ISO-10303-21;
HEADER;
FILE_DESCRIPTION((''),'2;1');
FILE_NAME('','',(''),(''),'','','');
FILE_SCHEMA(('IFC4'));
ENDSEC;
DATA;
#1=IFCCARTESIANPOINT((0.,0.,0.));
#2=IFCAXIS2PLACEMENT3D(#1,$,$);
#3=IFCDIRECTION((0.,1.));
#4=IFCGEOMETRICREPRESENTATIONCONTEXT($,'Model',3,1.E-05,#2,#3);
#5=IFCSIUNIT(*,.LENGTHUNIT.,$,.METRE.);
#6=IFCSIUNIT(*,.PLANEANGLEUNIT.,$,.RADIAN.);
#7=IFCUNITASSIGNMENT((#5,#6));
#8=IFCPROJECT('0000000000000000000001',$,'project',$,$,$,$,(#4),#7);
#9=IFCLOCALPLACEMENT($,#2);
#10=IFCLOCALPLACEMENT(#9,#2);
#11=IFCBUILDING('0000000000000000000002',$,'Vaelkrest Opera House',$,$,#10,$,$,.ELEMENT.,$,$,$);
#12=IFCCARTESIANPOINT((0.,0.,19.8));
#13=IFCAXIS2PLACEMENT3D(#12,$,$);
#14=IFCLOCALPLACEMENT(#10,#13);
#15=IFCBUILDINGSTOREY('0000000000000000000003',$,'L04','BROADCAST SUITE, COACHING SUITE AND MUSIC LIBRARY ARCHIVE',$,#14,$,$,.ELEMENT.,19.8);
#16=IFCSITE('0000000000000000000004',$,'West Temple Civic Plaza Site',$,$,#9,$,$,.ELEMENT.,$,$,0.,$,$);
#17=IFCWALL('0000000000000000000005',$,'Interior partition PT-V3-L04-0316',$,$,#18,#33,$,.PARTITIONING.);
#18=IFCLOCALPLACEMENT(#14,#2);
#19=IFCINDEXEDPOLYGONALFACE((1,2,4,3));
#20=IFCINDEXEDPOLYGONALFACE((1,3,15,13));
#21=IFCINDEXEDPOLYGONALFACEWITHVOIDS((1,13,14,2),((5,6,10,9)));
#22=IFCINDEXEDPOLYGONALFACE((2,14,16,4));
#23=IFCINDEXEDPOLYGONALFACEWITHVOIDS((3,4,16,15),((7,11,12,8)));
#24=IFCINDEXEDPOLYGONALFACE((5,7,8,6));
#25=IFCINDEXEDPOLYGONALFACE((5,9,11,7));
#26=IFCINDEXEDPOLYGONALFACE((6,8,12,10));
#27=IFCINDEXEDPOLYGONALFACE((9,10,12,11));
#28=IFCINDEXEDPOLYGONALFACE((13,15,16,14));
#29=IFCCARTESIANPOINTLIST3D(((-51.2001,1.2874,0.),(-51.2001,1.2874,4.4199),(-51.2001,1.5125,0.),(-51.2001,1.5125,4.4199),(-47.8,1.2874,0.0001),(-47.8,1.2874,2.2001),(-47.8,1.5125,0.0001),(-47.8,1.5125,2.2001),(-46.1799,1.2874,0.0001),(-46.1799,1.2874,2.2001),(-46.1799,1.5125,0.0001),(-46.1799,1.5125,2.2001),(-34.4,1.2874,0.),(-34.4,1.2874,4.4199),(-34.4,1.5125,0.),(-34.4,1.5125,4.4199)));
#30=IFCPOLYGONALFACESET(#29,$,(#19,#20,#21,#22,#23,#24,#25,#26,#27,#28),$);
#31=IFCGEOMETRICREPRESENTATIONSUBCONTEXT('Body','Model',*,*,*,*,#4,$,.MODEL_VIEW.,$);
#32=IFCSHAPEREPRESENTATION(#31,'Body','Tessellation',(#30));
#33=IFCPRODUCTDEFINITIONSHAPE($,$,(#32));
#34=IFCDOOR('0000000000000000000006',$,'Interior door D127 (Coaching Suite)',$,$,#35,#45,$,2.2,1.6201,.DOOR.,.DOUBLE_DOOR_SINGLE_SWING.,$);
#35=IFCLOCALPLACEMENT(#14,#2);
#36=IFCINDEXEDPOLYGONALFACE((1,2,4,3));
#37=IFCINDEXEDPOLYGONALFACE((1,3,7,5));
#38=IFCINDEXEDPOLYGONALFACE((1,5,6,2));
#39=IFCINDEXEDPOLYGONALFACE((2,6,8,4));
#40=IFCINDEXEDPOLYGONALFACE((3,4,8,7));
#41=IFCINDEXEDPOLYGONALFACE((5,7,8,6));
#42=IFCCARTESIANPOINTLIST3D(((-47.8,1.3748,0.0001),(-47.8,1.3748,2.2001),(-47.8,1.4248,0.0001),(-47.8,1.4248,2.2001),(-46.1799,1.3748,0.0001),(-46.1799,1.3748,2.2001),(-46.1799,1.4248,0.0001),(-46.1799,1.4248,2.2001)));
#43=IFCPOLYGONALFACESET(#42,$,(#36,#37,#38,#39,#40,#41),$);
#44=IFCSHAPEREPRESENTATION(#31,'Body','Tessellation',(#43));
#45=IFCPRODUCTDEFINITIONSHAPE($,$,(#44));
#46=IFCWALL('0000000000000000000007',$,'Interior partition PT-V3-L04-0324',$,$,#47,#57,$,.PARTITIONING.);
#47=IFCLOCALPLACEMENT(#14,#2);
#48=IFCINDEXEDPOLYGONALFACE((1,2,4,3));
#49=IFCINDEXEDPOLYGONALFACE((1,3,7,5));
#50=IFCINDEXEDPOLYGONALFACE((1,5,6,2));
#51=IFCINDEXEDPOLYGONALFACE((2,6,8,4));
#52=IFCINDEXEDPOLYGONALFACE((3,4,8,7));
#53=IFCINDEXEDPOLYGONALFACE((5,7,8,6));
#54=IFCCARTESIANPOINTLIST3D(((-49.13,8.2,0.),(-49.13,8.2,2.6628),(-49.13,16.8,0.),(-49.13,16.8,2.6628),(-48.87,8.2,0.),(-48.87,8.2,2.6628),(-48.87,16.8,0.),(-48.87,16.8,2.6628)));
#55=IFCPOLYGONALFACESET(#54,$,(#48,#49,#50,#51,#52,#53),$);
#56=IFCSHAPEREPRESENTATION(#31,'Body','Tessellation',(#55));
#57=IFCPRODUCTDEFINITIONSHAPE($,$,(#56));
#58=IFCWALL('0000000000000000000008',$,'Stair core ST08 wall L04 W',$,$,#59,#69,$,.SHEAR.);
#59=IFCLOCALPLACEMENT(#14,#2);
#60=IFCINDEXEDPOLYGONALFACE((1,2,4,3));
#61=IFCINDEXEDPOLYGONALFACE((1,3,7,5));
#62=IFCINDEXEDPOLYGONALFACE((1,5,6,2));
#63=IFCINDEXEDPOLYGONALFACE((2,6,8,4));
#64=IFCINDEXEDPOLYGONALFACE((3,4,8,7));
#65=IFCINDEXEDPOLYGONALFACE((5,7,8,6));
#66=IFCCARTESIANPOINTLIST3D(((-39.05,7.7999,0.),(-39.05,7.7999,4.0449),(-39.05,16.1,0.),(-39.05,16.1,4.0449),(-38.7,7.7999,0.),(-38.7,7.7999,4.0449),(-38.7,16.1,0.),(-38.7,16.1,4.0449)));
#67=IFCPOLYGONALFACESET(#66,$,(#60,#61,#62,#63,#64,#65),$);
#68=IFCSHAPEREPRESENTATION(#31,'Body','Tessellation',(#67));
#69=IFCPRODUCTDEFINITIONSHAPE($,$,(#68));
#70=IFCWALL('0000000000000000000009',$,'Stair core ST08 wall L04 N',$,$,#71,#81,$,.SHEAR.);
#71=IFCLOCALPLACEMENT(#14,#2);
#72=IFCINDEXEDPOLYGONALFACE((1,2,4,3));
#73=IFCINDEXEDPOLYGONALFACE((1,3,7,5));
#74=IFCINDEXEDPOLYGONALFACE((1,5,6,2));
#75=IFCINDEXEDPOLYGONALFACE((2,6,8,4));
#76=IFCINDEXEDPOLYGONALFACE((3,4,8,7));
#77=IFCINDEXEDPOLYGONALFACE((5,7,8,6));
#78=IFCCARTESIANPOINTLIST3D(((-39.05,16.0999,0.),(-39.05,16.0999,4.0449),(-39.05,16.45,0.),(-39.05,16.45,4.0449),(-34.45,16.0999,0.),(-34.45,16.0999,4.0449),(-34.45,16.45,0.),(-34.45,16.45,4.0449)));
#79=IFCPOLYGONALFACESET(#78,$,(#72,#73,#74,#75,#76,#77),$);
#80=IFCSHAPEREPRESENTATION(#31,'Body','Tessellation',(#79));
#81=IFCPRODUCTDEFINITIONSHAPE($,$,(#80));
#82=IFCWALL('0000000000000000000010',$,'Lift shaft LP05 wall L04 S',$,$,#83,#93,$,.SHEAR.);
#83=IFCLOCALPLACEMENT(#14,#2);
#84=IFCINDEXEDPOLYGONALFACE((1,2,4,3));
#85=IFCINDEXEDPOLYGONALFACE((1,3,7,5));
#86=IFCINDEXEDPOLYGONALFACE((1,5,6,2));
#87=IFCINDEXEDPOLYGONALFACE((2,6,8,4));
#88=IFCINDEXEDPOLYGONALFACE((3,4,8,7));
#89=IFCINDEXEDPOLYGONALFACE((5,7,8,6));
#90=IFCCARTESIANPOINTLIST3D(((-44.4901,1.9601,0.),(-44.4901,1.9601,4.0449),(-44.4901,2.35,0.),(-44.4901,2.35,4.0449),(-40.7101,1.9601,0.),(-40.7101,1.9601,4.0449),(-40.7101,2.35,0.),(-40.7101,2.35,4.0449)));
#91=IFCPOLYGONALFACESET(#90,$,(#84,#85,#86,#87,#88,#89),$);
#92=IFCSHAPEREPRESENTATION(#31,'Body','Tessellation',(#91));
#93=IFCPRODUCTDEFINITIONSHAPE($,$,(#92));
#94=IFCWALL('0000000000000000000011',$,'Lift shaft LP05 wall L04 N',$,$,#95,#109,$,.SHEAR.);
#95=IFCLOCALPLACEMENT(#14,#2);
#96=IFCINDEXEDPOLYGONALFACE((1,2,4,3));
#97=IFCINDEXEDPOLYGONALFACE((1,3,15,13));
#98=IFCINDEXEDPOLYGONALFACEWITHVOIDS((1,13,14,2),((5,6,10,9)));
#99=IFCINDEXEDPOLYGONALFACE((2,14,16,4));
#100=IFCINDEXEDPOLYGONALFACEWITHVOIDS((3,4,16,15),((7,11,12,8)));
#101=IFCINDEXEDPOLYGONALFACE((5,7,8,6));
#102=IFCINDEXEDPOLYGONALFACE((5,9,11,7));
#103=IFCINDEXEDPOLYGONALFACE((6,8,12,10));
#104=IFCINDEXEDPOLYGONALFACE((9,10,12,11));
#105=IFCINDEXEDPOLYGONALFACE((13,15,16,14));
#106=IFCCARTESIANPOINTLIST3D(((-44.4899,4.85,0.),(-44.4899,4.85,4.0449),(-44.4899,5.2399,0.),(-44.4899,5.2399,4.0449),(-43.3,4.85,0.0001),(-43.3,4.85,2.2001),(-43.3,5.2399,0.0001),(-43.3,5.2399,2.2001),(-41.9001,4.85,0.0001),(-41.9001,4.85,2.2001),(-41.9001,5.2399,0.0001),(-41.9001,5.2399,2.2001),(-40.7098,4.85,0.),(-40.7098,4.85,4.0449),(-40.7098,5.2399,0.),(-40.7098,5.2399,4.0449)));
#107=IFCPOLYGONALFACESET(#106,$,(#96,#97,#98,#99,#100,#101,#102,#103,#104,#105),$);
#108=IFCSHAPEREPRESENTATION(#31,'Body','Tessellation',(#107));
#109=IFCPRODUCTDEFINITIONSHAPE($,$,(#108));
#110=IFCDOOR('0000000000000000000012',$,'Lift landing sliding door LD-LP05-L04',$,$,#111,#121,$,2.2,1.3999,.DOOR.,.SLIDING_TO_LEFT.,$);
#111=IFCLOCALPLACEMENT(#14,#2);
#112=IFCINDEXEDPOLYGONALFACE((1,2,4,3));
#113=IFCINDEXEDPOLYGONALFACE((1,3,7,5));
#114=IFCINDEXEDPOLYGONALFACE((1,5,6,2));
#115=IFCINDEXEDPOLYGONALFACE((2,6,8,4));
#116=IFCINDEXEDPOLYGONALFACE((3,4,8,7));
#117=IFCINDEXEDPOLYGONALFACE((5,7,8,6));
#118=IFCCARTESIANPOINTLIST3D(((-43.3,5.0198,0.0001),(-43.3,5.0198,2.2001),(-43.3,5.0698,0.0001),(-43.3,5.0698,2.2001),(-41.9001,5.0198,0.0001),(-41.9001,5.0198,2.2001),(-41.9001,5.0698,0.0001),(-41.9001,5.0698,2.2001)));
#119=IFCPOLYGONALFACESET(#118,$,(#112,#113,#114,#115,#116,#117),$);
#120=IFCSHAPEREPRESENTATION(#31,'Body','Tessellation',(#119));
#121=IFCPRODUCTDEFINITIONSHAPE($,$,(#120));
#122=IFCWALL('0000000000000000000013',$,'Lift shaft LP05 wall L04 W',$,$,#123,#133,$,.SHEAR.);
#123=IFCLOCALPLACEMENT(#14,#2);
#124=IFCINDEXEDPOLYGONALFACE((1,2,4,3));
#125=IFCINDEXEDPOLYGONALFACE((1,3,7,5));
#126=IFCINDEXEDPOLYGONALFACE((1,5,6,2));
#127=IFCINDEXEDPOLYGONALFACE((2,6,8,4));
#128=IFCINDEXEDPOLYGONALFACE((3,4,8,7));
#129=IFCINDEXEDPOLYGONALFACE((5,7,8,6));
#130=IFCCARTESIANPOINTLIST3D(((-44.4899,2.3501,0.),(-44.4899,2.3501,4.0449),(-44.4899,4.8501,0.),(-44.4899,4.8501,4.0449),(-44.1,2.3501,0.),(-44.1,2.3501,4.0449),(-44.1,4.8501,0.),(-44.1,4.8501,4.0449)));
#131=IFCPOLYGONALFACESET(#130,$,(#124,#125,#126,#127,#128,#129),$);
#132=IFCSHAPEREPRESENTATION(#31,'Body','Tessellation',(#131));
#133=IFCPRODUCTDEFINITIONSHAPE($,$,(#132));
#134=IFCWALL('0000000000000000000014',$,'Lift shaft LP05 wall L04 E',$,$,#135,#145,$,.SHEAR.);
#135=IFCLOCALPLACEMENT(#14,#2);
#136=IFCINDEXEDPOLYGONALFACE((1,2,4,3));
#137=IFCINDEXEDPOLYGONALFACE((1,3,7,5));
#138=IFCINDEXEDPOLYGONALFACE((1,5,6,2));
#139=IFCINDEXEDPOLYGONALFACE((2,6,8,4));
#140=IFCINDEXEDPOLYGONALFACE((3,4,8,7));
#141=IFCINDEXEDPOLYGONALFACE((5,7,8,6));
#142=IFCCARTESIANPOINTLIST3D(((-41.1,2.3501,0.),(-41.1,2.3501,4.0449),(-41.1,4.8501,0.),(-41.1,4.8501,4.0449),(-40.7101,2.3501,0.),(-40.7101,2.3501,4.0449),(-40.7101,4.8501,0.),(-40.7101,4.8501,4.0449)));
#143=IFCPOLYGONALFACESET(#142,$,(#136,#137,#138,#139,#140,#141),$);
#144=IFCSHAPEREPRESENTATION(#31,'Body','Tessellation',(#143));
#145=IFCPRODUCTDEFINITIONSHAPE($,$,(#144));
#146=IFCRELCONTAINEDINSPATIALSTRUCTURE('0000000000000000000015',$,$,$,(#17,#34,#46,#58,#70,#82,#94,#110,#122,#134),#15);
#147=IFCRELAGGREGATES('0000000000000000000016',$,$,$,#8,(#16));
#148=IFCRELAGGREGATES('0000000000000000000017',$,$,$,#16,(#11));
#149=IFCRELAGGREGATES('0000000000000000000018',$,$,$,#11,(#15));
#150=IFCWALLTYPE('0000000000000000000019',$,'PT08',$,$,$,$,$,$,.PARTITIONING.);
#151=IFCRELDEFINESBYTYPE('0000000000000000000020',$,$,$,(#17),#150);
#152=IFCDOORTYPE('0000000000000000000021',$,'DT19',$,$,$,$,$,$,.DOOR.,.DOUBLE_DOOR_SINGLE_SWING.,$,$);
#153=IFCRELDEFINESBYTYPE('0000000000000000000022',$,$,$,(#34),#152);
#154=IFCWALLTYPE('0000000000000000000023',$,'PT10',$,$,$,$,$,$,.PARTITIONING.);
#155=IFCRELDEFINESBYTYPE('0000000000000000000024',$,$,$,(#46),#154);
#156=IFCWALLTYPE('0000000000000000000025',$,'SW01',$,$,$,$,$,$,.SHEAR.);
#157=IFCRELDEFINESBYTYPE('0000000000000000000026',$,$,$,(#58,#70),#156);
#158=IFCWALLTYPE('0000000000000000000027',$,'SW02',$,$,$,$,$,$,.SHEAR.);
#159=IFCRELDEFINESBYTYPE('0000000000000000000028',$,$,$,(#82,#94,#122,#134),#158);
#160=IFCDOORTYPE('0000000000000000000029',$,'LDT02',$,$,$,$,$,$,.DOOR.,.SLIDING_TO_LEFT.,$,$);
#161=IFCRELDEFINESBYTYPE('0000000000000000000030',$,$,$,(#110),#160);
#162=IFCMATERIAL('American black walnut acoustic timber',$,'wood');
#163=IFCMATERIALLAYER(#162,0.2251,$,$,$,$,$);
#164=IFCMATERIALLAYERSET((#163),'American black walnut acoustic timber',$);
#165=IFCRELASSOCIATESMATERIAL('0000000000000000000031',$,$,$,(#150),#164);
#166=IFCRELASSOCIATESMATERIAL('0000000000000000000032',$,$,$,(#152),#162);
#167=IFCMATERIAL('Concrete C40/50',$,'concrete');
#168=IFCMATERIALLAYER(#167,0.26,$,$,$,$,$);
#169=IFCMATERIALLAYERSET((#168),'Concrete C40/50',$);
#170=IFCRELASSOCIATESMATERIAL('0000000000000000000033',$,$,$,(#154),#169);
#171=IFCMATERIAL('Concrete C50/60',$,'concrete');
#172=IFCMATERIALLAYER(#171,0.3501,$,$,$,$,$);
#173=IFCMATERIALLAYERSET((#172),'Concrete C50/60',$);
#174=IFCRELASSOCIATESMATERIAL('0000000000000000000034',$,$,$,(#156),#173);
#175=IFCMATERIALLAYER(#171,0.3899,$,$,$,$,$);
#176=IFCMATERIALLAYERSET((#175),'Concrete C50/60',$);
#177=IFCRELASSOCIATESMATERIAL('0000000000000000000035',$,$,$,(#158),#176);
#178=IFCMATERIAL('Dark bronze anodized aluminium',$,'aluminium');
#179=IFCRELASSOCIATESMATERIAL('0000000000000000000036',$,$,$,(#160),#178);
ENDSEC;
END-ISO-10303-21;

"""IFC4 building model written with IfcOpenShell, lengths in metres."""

from ifc_helpers import new_model, si_unit, direction, frame, frame_2d, origin, place, context, subcontext, project, spatial, rectangle, extrude, material, layer, layer_set, type_object, element, fill, save


model = new_model("IFC4")

# Units and contexts
model_context = context("Model", 3, precision=1e-05, world=origin(), true_north=direction((0.0, 1.0)))
body_context = subcontext(model_context, "Body", "Model", "MODEL_VIEW")
ifc_project = project(units=[si_unit("LENGTHUNIT", "METRE"), si_unit("PLANEANGLEUNIT", "RADIAN")], contexts=[model_context])

# Site, building, storey
site_placement = place(None, origin())
site = spatial("IfcSite", under=ifc_project, at=site_placement, Name="West Temple Civic Plaza Site", CompositionType="ELEMENT", RefElevation=0.0)
building_placement = place(site_placement, origin())
building = spatial("IfcBuilding", under=site, at=building_placement, Name="Vaelkrest Opera House", CompositionType="ELEMENT")
storey_placement = place(building_placement, frame((0.0, 0.0, 19.8)))
storey = spatial("IfcBuildingStorey", under=building, at=storey_placement, Name="L04", Description="BROADCAST SUITE, COACHING SUITE AND MUSIC LIBRARY ARCHIVE", CompositionType="ELEMENT", Elevation=19.8)

# Shared definitions
ifc_material_1 = material(Name="Concrete C50/60", Category="concrete")

# Shared definitions
ifc_material_2 = material(Name="Dark bronze anodized aluminium", Category="aluminium")

# Shared definitions
ifc_material_3 = material(Name="American black walnut acoustic timber", Category="wood")

# Wall, opening, door
ifc_layer_1 = layer(ifc_material_3, 0.2251)
ifc_layer_set_1 = layer_set([ifc_layer_1], Name="American black walnut acoustic timber")
wall_type_1 = type_object("IfcWallType", Name="PT08", PredefinedType="PARTITIONING", material=ifc_layer_set_1)
wall_1_placement = place(storey_placement, frame((-51.2, 1.3999, 0.0), z_axis=(0.0, 0.0, 1.0), x_axis=(1.0, 0.0, 0.0)))
wall_1 = element("IfcWall", 1, at=wall_1_placement, inside=storey, type_object=wall_type_1, Name="Interior partition PT-V3-L04-0316", PredefinedType="PARTITIONING", context=body_context, shape_type="SweptSolid", body=[
    extrude(rectangle(XDim=16.8, YDim=0.2251, at=frame_2d((8.3999, 0.0))), origin(), (0.0, 0.0, 1.0), 4.4199),
])
opening_1_placement = place(wall_1_placement, frame((3.3999, 0.0, 0.0)))
opening_1 = element("IfcOpeningElement", 2, at=opening_1_placement, cuts=wall_1, PredefinedType="OPENING", context=body_context, shape_type="SweptSolid", body=[
    extrude(rectangle(XDim=1.6201, YDim=2.2, at=frame_2d((0.8101, 1.1001))), frame((0.0, 0.1226, 0.0), z_axis=(0.0, -1.0, 0.0), x_axis=(1.0, 0.0, 0.0)), (0.0, 0.0, 1.0), 0.2451),
])
door_type_1 = type_object("IfcDoorType", Name="DT19", OperationType="DOUBLE_DOOR_SINGLE_SWING", PredefinedType="DOOR", material=ifc_material_3)
door_1_placement = place(opening_1_placement, origin())
door_1 = element("IfcDoor", 3, at=door_1_placement, inside=storey, type_object=door_type_1, Name="Interior door D127 (Coaching Suite)", OperationType="DOUBLE_DOOR_SINGLE_SWING", OverallHeight=2.2, OverallWidth=1.6201, PredefinedType="DOOR", context=body_context, shape_type="SweptSolid", body=[
    extrude(rectangle(XDim=1.6201, YDim=2.2, at=frame_2d((0.8101, 1.1001))), frame((0.0, 0.0249, 0.0), z_axis=(0.0, -1.0, 0.0), x_axis=(1.0, 0.0, 0.0)), (0.0, 0.0, 1.0), 0.05),
])
fill(opening_1, door_1)

# Walls
ifc_material_4 = material(Name="Concrete C40/50", Category="concrete")
ifc_layer_2 = layer(ifc_material_4, 0.26)
ifc_layer_set_2 = layer_set([ifc_layer_2], Name="Concrete C40/50")
wall_type_2 = type_object("IfcWallType", Name="PT10", PredefinedType="PARTITIONING", material=ifc_layer_set_2)
wall_2_placement = place(storey_placement, frame((-49.0, 8.2, 0.0), z_axis=(0.0, 0.0, 1.0), x_axis=(0.0, 1.0, 0.0)))
element("IfcWall", 4, at=wall_2_placement, inside=storey, type_object=wall_type_2, Name="Interior partition PT-V3-L04-0324", PredefinedType="PARTITIONING", context=body_context, shape_type="SweptSolid", body=[
    extrude(rectangle(XDim=8.6001, YDim=0.26, at=frame_2d((4.3, 0.0))), origin(), (0.0, 0.0, 1.0), 2.6628),
])
ifc_layer_3 = layer(ifc_material_1, 0.3501)
ifc_layer_set_3 = layer_set([ifc_layer_3], Name="Concrete C50/60")
wall_type_3 = type_object("IfcWallType", Name="SW01", PredefinedType="SHEAR", material=ifc_layer_set_3)
wall_3_placement = place(storey_placement, frame((-38.875, 7.8, 0.0), z_axis=(0.0, 0.0, 1.0), x_axis=(0.0, 1.0, 0.0)))
element("IfcWall", 5, at=wall_3_placement, inside=storey, type_object=wall_type_3, Name="Stair core ST08 wall L04 W", PredefinedType="SHEAR", context=body_context, shape_type="SweptSolid", body=[
    extrude(rectangle(XDim=8.3, YDim=0.3501, at=frame_2d((4.1499, 0.0))), origin(), (0.0, 0.0, 1.0), 4.0449),
])
wall_4_placement = place(storey_placement, frame((-39.05, 16.2749, 0.0), z_axis=(0.0, 0.0, 1.0), x_axis=(1.0, 0.0, 0.0)))
element("IfcWall", 6, at=wall_4_placement, inside=storey, type_object=wall_type_3, Name="Stair core ST08 wall L04 N", PredefinedType="SHEAR", context=body_context, shape_type="SweptSolid", body=[
    extrude(rectangle(XDim=4.6001, YDim=0.3501, at=frame_2d((2.3, 0.0))), origin(), (0.0, 0.0, 1.0), 4.0449),
])
ifc_layer_4 = layer(ifc_material_1, 0.3899)
ifc_layer_set_4 = layer_set([ifc_layer_4], Name="Concrete C50/60")
wall_type_4 = type_object("IfcWallType", Name="SW02", PredefinedType="SHEAR", material=ifc_layer_set_4)
wall_5_placement = place(storey_placement, frame((-40.71, 2.155, 0.0), z_axis=(0.0, 0.0, 1.0), x_axis=(-1.0, 0.0, 0.0)))
element("IfcWall", 7, at=wall_5_placement, inside=storey, type_object=wall_type_4, Name="Lift shaft LP05 wall L04 S", PredefinedType="SHEAR", context=body_context, shape_type="SweptSolid", body=[
    extrude(rectangle(XDim=3.78, YDim=0.3899, at=frame_2d((1.8901, 0.0))), origin(), (0.0, 0.0, 1.0), 4.0449),
])

# Wall, opening, door
wall_6_placement = place(storey_placement, frame((-44.49, 5.0449, 0.0), z_axis=(0.0, 0.0, 1.0), x_axis=(1.0, 0.0, 0.0)))
wall_6 = element("IfcWall", 8, at=wall_6_placement, inside=storey, type_object=wall_type_4, Name="Lift shaft LP05 wall L04 N", PredefinedType="SHEAR", context=body_context, shape_type="SweptSolid", body=[
    extrude(rectangle(XDim=3.78, YDim=0.3899, at=frame_2d((1.8901, 0.0))), origin(), (0.0, 0.0, 1.0), 4.0449),
])
opening_2_placement = place(wall_6_placement, frame((1.1899, 0.0, 0.0)))
opening_2 = element("IfcOpeningElement", 9, at=opening_2_placement, cuts=wall_6, PredefinedType="OPENING", context=body_context, shape_type="SweptSolid", body=[
    extrude(rectangle(XDim=1.3999, YDim=2.2, at=frame_2d((0.7, 1.1001))), frame((0.0, 0.2048, 0.0), z_axis=(0.0, -1.0, 0.0), x_axis=(1.0, 0.0, 0.0)), (0.0, 0.0, 1.0), 0.4099),
])
door_type_2 = type_object("IfcDoorType", Name="LDT02", OperationType="SLIDING_TO_LEFT", PredefinedType="DOOR", material=ifc_material_2)
door_2_placement = place(opening_2_placement, origin())
door_2 = element("IfcDoor", 10, at=door_2_placement, inside=storey, type_object=door_type_2, Name="Lift landing sliding door LD-LP05-L04", OperationType="SLIDING_TO_LEFT", OverallHeight=2.2, OverallWidth=1.3999, PredefinedType="DOOR", context=body_context, shape_type="SweptSolid", body=[
    extrude(rectangle(XDim=1.3999, YDim=2.2, at=frame_2d((0.7, 1.1001))), frame((0.0, 0.0249, 0.0), z_axis=(0.0, -1.0, 0.0), x_axis=(1.0, 0.0, 0.0)), (0.0, 0.0, 1.0), 0.05),
])
fill(opening_2, door_2)

# Walls
for number, where, z_axis, x_axis, name in (
    (11, (-44.2949, 2.3501, 0.0), (0.0, 0.0, 1.0), (0.0, 1.0, 0.0), "Lift shaft LP05 wall L04 W"),
    (12, (-40.905, 4.8501, 0.0), (0.0, 0.0, 1.0), (0.0, -1.0, 0.0), "Lift shaft LP05 wall L04 E"),
):
    element("IfcWall", number, at=place(storey_placement, frame(where, z_axis=z_axis, x_axis=x_axis)), inside=storey, type_object=wall_type_4, Name=name, PredefinedType="SHEAR", context=body_context, shape_type="SweptSolid", body=[
        extrude(rectangle(XDim=2.5, YDim=0.3899, at=frame_2d((1.25, 0.0))), origin(), (0.0, 0.0, 1.0), 4.0449),
    ])

save(model, "model.ifc")
